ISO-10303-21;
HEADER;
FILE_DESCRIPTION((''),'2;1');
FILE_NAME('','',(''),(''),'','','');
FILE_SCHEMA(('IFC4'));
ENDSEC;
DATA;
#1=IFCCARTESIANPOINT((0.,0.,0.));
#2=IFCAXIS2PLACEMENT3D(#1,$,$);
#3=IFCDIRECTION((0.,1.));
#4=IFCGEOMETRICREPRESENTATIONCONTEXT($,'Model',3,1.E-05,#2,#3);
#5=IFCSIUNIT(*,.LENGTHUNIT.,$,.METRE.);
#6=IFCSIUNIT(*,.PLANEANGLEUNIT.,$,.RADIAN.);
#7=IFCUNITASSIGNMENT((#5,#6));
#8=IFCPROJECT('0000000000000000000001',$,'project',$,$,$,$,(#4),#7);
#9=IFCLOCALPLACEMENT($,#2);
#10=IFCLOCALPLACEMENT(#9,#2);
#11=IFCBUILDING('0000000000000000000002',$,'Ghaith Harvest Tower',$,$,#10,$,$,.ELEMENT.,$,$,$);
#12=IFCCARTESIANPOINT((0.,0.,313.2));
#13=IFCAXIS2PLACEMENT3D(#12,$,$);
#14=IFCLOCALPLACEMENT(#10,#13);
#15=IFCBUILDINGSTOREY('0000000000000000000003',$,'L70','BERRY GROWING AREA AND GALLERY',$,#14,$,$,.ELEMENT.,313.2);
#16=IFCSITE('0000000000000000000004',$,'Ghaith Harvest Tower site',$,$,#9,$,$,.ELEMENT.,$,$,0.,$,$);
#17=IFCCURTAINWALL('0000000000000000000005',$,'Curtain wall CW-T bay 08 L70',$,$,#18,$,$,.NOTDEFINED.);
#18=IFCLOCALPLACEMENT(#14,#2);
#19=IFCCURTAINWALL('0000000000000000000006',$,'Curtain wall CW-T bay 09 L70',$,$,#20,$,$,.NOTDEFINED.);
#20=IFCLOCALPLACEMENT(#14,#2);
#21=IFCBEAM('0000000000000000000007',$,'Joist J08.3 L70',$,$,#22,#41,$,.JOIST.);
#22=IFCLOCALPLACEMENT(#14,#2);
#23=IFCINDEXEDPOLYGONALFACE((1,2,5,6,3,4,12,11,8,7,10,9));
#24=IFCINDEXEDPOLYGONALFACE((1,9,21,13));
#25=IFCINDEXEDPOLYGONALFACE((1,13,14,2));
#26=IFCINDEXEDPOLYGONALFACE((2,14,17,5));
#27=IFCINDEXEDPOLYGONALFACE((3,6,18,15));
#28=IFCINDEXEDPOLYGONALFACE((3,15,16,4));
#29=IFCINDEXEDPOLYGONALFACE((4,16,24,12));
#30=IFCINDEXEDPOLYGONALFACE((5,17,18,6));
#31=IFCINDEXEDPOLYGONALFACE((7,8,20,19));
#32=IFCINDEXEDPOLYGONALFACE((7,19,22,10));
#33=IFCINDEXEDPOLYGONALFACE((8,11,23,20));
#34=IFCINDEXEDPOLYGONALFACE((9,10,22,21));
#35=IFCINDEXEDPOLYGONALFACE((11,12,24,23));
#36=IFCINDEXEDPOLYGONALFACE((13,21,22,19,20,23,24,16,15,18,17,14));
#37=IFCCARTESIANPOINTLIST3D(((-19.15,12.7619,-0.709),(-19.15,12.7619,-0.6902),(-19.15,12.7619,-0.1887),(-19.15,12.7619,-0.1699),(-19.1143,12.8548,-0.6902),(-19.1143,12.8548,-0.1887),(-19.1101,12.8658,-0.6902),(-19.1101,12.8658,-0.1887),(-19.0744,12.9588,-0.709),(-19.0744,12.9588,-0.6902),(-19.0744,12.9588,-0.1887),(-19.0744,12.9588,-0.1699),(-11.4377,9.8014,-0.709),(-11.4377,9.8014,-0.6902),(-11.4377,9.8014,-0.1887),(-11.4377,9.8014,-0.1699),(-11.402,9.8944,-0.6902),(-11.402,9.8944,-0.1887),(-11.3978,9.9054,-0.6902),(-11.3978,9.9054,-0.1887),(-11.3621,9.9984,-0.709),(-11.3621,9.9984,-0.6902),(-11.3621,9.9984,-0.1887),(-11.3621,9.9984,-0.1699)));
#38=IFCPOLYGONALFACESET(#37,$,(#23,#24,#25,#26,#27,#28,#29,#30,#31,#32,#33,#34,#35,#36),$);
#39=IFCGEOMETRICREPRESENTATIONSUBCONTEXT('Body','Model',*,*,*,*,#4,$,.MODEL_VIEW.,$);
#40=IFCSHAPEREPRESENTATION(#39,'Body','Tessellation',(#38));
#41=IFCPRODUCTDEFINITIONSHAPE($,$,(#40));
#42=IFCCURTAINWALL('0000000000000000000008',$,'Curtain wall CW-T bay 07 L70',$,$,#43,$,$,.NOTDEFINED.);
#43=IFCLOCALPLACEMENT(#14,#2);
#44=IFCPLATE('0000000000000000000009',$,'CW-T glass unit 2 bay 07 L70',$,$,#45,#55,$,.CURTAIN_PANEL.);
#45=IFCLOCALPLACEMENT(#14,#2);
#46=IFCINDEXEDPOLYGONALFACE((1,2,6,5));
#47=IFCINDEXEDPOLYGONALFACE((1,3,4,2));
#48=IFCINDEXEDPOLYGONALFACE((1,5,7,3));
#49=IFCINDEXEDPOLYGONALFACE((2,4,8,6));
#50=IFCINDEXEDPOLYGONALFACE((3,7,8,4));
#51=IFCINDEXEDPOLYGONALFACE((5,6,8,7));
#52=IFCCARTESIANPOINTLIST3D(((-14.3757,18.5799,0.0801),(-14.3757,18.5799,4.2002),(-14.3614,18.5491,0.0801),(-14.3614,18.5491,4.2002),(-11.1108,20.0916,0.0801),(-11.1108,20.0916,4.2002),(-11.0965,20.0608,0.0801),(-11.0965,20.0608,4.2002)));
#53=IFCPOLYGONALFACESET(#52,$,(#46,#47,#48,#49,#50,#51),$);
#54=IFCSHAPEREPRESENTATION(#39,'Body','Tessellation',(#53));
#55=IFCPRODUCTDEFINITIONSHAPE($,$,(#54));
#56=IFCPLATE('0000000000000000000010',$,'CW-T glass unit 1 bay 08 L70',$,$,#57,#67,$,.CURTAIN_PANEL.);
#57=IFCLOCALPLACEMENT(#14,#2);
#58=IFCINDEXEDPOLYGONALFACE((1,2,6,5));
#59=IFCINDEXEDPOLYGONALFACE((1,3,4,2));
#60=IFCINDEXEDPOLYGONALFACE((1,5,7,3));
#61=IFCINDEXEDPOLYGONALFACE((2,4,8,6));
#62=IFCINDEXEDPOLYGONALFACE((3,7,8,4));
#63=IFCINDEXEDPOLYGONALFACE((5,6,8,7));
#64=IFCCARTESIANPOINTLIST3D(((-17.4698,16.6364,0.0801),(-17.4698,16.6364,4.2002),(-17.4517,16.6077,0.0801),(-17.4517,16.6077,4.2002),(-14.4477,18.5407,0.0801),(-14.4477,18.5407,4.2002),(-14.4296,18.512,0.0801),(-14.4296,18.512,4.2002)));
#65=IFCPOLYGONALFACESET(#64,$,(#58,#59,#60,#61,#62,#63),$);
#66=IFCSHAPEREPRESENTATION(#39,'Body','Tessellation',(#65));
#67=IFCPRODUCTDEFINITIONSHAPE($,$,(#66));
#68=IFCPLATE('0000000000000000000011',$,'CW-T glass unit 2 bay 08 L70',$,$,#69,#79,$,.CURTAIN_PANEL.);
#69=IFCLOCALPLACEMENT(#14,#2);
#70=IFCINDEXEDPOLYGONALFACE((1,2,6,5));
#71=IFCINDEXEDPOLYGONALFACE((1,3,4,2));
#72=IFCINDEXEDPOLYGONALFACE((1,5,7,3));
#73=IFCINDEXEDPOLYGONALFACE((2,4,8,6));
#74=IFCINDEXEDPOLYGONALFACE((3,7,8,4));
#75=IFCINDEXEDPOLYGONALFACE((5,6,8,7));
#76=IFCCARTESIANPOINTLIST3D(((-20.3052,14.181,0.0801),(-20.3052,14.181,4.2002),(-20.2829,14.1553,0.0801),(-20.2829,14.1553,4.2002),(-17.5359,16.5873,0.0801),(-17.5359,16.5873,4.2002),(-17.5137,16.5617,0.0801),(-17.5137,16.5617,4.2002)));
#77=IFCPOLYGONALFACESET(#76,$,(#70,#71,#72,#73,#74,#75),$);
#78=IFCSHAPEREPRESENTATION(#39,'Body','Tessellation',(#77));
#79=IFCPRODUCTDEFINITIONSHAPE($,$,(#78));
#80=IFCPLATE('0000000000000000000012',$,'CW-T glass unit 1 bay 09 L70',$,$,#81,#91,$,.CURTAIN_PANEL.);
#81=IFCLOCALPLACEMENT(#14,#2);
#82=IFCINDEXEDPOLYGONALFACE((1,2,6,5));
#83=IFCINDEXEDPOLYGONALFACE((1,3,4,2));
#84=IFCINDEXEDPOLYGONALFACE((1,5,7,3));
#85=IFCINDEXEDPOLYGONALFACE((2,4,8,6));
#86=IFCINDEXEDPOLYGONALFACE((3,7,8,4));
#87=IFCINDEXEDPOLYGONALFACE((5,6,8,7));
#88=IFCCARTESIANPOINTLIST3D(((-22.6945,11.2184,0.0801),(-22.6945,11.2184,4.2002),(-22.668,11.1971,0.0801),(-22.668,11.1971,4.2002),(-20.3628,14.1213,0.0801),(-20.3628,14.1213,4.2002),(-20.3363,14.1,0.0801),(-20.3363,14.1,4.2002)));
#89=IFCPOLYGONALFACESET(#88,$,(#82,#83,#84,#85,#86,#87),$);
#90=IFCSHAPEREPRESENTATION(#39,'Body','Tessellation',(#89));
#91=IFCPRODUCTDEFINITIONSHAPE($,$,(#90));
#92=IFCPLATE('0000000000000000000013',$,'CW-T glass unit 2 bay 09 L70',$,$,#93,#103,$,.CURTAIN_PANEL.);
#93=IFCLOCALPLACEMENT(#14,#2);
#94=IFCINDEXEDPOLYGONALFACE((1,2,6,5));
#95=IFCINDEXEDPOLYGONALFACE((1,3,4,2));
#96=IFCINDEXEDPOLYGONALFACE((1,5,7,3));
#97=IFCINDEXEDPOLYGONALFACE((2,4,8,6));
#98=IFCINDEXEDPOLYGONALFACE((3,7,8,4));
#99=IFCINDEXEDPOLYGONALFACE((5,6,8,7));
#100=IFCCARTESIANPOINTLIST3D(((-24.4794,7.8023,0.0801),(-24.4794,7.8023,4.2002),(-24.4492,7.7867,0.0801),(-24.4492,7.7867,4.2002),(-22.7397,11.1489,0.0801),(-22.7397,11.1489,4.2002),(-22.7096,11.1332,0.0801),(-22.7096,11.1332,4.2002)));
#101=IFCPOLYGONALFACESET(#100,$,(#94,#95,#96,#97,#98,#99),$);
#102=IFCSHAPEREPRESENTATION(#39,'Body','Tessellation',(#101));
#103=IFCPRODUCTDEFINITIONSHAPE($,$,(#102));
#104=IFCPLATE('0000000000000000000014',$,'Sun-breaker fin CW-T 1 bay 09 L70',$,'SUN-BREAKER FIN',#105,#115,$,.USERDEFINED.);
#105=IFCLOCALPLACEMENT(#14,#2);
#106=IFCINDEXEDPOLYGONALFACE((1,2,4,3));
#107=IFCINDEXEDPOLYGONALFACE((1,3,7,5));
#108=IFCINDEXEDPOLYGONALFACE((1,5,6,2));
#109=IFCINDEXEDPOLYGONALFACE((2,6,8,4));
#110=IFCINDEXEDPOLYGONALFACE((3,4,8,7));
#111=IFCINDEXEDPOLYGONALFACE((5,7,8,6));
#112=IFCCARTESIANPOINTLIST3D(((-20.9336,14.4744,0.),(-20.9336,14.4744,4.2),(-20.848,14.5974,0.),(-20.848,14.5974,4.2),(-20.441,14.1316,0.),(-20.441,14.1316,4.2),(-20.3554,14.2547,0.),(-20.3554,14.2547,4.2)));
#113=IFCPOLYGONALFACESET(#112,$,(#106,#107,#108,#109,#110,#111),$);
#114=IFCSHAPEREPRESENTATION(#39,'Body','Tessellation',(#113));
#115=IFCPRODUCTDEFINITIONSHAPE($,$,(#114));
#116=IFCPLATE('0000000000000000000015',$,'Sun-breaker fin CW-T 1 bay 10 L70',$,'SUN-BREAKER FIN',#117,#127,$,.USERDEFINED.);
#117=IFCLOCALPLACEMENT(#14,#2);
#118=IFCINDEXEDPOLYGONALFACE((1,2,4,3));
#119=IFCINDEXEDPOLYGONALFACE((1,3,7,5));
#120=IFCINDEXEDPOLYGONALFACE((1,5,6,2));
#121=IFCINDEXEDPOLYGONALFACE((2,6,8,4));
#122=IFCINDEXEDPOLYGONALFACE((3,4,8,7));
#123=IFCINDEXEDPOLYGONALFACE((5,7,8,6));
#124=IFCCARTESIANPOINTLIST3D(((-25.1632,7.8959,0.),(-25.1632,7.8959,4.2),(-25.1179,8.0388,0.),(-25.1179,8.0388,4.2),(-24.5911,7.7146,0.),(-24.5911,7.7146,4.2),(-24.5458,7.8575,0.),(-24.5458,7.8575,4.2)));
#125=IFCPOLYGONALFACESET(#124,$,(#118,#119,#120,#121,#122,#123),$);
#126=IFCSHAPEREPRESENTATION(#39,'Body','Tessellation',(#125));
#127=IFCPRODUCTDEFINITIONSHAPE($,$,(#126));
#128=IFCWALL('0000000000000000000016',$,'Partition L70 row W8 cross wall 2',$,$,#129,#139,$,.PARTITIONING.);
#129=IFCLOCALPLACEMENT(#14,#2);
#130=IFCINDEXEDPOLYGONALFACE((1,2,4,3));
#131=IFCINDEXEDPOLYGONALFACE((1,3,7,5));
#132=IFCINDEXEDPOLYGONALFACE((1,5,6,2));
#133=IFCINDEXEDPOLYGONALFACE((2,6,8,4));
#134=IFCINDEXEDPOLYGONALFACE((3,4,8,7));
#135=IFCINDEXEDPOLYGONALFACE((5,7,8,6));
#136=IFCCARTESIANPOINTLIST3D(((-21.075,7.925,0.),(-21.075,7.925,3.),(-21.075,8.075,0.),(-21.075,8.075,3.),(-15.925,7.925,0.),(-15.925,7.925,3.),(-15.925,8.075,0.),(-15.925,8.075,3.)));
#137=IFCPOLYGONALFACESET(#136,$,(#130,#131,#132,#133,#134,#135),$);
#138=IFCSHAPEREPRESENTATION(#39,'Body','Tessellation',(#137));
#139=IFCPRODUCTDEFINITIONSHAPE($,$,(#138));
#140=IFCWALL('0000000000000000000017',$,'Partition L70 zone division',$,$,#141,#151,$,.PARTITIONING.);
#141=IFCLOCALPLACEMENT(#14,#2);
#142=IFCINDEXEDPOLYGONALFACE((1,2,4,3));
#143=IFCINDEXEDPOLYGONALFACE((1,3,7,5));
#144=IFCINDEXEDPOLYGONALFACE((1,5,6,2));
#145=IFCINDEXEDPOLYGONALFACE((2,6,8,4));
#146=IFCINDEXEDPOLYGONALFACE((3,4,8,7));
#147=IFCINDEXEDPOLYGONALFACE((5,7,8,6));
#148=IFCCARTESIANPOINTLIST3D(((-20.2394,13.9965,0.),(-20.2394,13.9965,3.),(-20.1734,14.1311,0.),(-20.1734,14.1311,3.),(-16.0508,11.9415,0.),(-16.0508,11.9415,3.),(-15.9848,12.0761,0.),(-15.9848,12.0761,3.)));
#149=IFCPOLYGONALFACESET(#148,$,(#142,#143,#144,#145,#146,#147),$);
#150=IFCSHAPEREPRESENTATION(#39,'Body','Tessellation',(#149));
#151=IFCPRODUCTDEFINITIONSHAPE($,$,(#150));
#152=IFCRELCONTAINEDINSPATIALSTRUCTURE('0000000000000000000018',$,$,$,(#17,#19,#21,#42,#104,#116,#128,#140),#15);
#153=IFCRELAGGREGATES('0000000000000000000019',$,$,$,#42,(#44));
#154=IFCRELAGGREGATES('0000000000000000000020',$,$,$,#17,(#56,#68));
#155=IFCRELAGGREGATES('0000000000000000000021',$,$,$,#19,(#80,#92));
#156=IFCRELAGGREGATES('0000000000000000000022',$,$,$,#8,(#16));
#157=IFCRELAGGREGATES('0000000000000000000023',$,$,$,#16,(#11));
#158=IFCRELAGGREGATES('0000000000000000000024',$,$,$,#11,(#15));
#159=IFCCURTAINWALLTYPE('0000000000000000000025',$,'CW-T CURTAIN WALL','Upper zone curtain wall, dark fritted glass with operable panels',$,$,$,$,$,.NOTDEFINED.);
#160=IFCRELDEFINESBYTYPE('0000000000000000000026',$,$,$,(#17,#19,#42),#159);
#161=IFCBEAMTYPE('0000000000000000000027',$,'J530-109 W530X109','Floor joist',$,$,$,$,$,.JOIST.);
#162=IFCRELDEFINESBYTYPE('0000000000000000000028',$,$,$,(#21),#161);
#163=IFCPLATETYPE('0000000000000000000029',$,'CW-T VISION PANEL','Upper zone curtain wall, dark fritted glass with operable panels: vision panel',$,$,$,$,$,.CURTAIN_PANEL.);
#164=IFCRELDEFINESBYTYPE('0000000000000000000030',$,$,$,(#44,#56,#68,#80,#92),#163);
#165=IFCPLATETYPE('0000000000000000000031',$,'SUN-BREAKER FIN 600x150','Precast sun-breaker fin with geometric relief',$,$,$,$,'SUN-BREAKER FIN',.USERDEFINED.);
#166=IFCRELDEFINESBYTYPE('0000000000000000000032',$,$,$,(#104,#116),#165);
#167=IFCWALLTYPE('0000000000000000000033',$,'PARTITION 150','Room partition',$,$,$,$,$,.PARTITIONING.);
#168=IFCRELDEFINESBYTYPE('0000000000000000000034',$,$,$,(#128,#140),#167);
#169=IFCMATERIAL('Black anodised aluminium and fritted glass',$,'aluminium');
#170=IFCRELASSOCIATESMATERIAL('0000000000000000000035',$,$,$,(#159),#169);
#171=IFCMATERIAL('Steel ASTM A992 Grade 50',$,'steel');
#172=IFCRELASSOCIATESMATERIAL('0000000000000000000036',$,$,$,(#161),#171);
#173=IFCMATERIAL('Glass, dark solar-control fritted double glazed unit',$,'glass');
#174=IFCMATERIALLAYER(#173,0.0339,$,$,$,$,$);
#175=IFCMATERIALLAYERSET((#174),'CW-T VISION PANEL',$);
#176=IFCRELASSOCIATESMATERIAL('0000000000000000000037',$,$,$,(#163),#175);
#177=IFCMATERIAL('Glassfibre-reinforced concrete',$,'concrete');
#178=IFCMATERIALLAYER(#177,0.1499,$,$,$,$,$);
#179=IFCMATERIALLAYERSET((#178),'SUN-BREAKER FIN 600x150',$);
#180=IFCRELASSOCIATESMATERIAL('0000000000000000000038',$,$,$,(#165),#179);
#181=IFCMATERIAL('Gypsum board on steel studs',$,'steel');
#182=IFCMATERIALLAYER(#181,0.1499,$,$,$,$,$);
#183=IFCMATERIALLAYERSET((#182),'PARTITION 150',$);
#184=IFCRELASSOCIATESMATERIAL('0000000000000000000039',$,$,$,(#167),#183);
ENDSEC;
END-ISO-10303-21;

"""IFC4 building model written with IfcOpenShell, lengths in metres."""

from ifc_helpers import new_model, si_unit, direction, frame, frame_2d, origin, origin_2d, place, context, subcontext, project, spatial, rectangle, i_section, extrude, material, layer, layer_set, material_profile, profile_set, type_object, element, aggregate, save


model = new_model("IFC4")

# Units and contexts
model_context = context("Model", 3, precision=1e-05, world=origin(), true_north=direction((0.0, 1.0)))
body_context = subcontext(model_context, "Body", "Model", "MODEL_VIEW")
ifc_project = project(units=[si_unit("LENGTHUNIT", "METRE"), si_unit("PLANEANGLEUNIT", "RADIAN")], contexts=[model_context])

# Site, building, storey
site_placement = place(None, origin())
site = spatial("IfcSite", under=ifc_project, at=site_placement, Name="Ghaith Harvest Tower site", CompositionType="ELEMENT", RefElevation=0.0)
building_placement = place(site_placement, origin())
building = spatial("IfcBuilding", under=site, at=building_placement, Name="Ghaith Harvest Tower", CompositionType="ELEMENT")
storey_placement = place(building_placement, frame((0.0, 0.0, 313.2)))
storey = spatial("IfcBuildingStorey", under=building, at=storey_placement, Name="L70", Description="BERRY GROWING AREA AND GALLERY", CompositionType="ELEMENT", Elevation=313.2)

# Curtain walls
ifc_material_1 = material(Name="Black anodised aluminium and fritted glass", Category="aluminium")
curtain_wall_type = type_object("IfcCurtainWallType", Name="CW-T CURTAIN WALL", Description="Upper zone curtain wall, dark fritted glass with operable panels", PredefinedType="NOTDEFINED", material=ifc_material_1)
curtain_wall_1_placement = place(storey_placement, origin())
curtain_wall_1 = element("IfcCurtainWall", 1, at=curtain_wall_1_placement, inside=storey, type_object=curtain_wall_type, Name="Curtain wall CW-T bay 08 L70", PredefinedType="NOTDEFINED")
curtain_wall_2_placement = place(storey_placement, origin())
curtain_wall_2 = element("IfcCurtainWall", 2, at=curtain_wall_2_placement, inside=storey, type_object=curtain_wall_type, Name="Curtain wall CW-T bay 09 L70", PredefinedType="NOTDEFINED")

# Beam
ifc_material_2 = material(Name="Steel ASTM A992 Grade 50", Category="steel")
ifc_material_profile_1 = material_profile(ifc_material_2, i_section(OverallWidth=0.2109, OverallDepth=0.5391, WebThickness=0.0117, FlangeThickness=0.0188, at=origin_2d()), Name="W530X109")
ifc_profile_set_1 = profile_set([ifc_material_profile_1], Name="Steel ASTM A992 Grade 50")
beam_type_1 = type_object("IfcBeamType", Name="J530-109 W530X109", Description="Floor joist", PredefinedType="JOIST", material=ifc_profile_set_1)
beam_1_placement = place(storey_placement, frame((-11.3999, 9.8999, -0.4395), z_axis=(-0.933583, 0.358361, 0.0), x_axis=(-0.358361, -0.933583, 0.0)))
element("IfcBeam", 3, at=beam_1_placement, inside=storey, type_object=beam_type_1, Name="Joist J08.3 L70", PredefinedType="JOIST", context=body_context, shape_type="SweptSolid", body=[
    extrude(i_section(OverallWidth=0.2109, OverallDepth=0.5391, WebThickness=0.0117, FlangeThickness=0.0188, at=origin_2d()), origin(), (0.0, 0.0, 1.0), 8.261),
])

# Curtain wall, plate
curtain_wall_3_placement = place(storey_placement, origin())
curtain_wall_3 = element("IfcCurtainWall", 4, at=curtain_wall_3_placement, inside=storey, type_object=curtain_wall_type, Name="Curtain wall CW-T bay 07 L70", PredefinedType="NOTDEFINED")
ifc_material_3 = material(Name="Glass, dark solar-control fritted double glazed unit", Category="glass")
ifc_layer_1 = layer(ifc_material_3, 0.0339)
ifc_layer_set_1 = layer_set([ifc_layer_1], Name="CW-T VISION PANEL")
plate_type_1 = type_object("IfcPlateType", Name="CW-T VISION PANEL", Description="Upper zone curtain wall, dark fritted glass with operable panels: vision panel", PredefinedType="CURTAIN_PANEL", material=ifc_layer_set_1)
plate_1_placement = place(storey_placement, frame((-12.7361, 19.3203, 0.0801), z_axis=(0.0, 0.0, 1.0), x_axis=(-0.90745, -0.42016, 0.0)))
plate_1 = element("IfcPlate", 5, at=plate_1_placement, type_object=plate_type_1, Name="CW-T glass unit 2 bay 07 L70", PredefinedType="CURTAIN_PANEL", context=body_context, shape_type="SweptSolid", body=[
    extrude(rectangle(XDim=3.5979, YDim=0.0339, at=origin_2d()), origin(), (0.0, 0.0, 1.0), 4.1201),
])
aggregate(curtain_wall_3, [plate_1])

# Plates
plate_2_placement = place(storey_placement, frame((-15.9497, 17.5742, 0.0801), z_axis=(0.0, 0.0, 1.0), x_axis=(-0.846043, -0.533114, 0.0)))
plate_2 = element("IfcPlate", 6, at=plate_2_placement, type_object=plate_type_1, Name="CW-T glass unit 1 bay 08 L70", PredefinedType="CURTAIN_PANEL", context=body_context, shape_type="SweptSolid", body=[
    extrude(rectangle(XDim=3.572, YDim=0.0339, at=origin_2d()), origin(), (0.0, 0.0, 1.0), 4.1201),
])
plate_3_placement = place(storey_placement, frame((-18.9094, 15.3713, 0.0801), z_axis=(0.0, 0.0, 1.0), x_axis=(-0.754829, -0.655922, 0.0)))
plate_3 = element("IfcPlate", 7, at=plate_3_placement, type_object=plate_type_1, Name="CW-T glass unit 2 bay 08 L70", PredefinedType="CURTAIN_PANEL", context=body_context, shape_type="SweptSolid", body=[
    extrude(rectangle(XDim=3.6687, YDim=0.0339, at=origin_2d()), origin(), (0.0, 0.0, 1.0), 4.1201),
])
aggregate(curtain_wall_1, [plate_2, plate_3])
plate_4_placement = place(storey_placement, frame((-21.5154, 12.6592, 0.0801), z_axis=(0.0, 0.0, 1.0), x_axis=(-0.62623, -0.779639, 0.0)))
plate_4 = element("IfcPlate", 8, at=plate_4_placement, type_object=plate_type_1, Name="CW-T glass unit 1 bay 09 L70", PredefinedType="CURTAIN_PANEL", context=body_context, shape_type="SweptSolid", body=[
    extrude(rectangle(XDim=3.7234, YDim=0.0339, at=origin_2d()), origin(), (0.0, 0.0, 1.0), 4.1201),
])
plate_5_placement = place(storey_placement, frame((-23.5945, 9.4678, 0.0801), z_axis=(0.0, 0.0, 1.0), x_axis=(-0.46123, -0.887281, 0.0)))
plate_5 = element("IfcPlate", 9, at=plate_5_placement, type_object=plate_type_1, Name="CW-T glass unit 2 bay 09 L70", PredefinedType="CURTAIN_PANEL", context=body_context, shape_type="SweptSolid", body=[
    extrude(rectangle(XDim=3.7717, YDim=0.0339, at=origin_2d()), origin(), (0.0, 0.0, 1.0), 4.1201),
])
aggregate(curtain_wall_2, [plate_4, plate_5])

# Plates
ifc_material_4 = material(Name="Glassfibre-reinforced concrete", Category="concrete")
ifc_layer_2 = layer(ifc_material_4, 0.1499)
ifc_layer_set_2 = layer_set([ifc_layer_2], Name="SUN-BREAKER FIN 600x150")
plate_type_2 = type_object("IfcPlateType", Name="SUN-BREAKER FIN 600x150", Description="Precast sun-breaker fin with geometric relief", ElementType="SUN-BREAKER FIN", PredefinedType="USERDEFINED", material=ifc_layer_set_2)
for number, where, z_axis, x_axis, name in (
    (10, (-20.6445, 14.3645, 0.0), (0.0, 0.0, 1.0), (-0.820845, 0.57115, 0.0), "Sun-breaker fin CW-T 1 bay 09 L70"),
    (11, (-24.8545, 7.8767, 0.0), (0.0, 0.0, 1.0), (-0.953273, 0.30211, 0.0), "Sun-breaker fin CW-T 1 bay 10 L70"),
):
    element("IfcPlate", number, at=place(storey_placement, frame(where, z_axis=z_axis, x_axis=x_axis)), inside=storey, type_object=plate_type_2, Name=name, ObjectType="SUN-BREAKER FIN", PredefinedType="USERDEFINED", context=body_context, shape_type="SweptSolid", body=[
        extrude(rectangle(XDim=0.6001, YDim=0.1499, at=origin_2d()), origin(), (0.0, 0.0, 1.0), 4.2),
    ])

# Walls
ifc_material_5 = material(Name="Gypsum board on steel studs", Category="steel")
ifc_layer_3 = layer(ifc_material_5, 0.1499)
ifc_layer_set_3 = layer_set([ifc_layer_3], Name="PARTITION 150")
wall_type_1 = type_object("IfcWallType", Name="PARTITION 150", Description="Room partition", PredefinedType="PARTITIONING", material=ifc_layer_set_3)
wall_1_placement = place(storey_placement, frame((-15.925, 8.0, 0.0), z_axis=(0.0, 0.0, 1.0), x_axis=(-1.0, 0.0, 0.0)))
element("IfcWall", 12, at=wall_1_placement, inside=storey, type_object=wall_type_1, Name="Partition L70 row W8 cross wall 2", PredefinedType="PARTITIONING", context=body_context, shape_type="SweptSolid", body=[
    extrude(rectangle(XDim=5.1499, YDim=0.1499, at=frame_2d((2.575, 0.0))), origin(), (0.0, 0.0, 1.0), 3.0),
])
wall_2_placement = place(storey_placement, frame((-16.0178, 12.0088, 0.0), z_axis=(0.0, 0.0, 1.0), x_axis=(-0.897772, 0.440461, 0.0)))
element("IfcWall", 13, at=wall_2_placement, inside=storey, type_object=wall_type_1, Name="Partition L70 zone division", PredefinedType="PARTITIONING", context=body_context, shape_type="SweptSolid", body=[
    extrude(rectangle(XDim=4.6655, YDim=0.1499, at=frame_2d((2.3328, 0.0))), origin(), (0.0, 0.0, 1.0), 3.0),
])

save(model, "model.ifc")
